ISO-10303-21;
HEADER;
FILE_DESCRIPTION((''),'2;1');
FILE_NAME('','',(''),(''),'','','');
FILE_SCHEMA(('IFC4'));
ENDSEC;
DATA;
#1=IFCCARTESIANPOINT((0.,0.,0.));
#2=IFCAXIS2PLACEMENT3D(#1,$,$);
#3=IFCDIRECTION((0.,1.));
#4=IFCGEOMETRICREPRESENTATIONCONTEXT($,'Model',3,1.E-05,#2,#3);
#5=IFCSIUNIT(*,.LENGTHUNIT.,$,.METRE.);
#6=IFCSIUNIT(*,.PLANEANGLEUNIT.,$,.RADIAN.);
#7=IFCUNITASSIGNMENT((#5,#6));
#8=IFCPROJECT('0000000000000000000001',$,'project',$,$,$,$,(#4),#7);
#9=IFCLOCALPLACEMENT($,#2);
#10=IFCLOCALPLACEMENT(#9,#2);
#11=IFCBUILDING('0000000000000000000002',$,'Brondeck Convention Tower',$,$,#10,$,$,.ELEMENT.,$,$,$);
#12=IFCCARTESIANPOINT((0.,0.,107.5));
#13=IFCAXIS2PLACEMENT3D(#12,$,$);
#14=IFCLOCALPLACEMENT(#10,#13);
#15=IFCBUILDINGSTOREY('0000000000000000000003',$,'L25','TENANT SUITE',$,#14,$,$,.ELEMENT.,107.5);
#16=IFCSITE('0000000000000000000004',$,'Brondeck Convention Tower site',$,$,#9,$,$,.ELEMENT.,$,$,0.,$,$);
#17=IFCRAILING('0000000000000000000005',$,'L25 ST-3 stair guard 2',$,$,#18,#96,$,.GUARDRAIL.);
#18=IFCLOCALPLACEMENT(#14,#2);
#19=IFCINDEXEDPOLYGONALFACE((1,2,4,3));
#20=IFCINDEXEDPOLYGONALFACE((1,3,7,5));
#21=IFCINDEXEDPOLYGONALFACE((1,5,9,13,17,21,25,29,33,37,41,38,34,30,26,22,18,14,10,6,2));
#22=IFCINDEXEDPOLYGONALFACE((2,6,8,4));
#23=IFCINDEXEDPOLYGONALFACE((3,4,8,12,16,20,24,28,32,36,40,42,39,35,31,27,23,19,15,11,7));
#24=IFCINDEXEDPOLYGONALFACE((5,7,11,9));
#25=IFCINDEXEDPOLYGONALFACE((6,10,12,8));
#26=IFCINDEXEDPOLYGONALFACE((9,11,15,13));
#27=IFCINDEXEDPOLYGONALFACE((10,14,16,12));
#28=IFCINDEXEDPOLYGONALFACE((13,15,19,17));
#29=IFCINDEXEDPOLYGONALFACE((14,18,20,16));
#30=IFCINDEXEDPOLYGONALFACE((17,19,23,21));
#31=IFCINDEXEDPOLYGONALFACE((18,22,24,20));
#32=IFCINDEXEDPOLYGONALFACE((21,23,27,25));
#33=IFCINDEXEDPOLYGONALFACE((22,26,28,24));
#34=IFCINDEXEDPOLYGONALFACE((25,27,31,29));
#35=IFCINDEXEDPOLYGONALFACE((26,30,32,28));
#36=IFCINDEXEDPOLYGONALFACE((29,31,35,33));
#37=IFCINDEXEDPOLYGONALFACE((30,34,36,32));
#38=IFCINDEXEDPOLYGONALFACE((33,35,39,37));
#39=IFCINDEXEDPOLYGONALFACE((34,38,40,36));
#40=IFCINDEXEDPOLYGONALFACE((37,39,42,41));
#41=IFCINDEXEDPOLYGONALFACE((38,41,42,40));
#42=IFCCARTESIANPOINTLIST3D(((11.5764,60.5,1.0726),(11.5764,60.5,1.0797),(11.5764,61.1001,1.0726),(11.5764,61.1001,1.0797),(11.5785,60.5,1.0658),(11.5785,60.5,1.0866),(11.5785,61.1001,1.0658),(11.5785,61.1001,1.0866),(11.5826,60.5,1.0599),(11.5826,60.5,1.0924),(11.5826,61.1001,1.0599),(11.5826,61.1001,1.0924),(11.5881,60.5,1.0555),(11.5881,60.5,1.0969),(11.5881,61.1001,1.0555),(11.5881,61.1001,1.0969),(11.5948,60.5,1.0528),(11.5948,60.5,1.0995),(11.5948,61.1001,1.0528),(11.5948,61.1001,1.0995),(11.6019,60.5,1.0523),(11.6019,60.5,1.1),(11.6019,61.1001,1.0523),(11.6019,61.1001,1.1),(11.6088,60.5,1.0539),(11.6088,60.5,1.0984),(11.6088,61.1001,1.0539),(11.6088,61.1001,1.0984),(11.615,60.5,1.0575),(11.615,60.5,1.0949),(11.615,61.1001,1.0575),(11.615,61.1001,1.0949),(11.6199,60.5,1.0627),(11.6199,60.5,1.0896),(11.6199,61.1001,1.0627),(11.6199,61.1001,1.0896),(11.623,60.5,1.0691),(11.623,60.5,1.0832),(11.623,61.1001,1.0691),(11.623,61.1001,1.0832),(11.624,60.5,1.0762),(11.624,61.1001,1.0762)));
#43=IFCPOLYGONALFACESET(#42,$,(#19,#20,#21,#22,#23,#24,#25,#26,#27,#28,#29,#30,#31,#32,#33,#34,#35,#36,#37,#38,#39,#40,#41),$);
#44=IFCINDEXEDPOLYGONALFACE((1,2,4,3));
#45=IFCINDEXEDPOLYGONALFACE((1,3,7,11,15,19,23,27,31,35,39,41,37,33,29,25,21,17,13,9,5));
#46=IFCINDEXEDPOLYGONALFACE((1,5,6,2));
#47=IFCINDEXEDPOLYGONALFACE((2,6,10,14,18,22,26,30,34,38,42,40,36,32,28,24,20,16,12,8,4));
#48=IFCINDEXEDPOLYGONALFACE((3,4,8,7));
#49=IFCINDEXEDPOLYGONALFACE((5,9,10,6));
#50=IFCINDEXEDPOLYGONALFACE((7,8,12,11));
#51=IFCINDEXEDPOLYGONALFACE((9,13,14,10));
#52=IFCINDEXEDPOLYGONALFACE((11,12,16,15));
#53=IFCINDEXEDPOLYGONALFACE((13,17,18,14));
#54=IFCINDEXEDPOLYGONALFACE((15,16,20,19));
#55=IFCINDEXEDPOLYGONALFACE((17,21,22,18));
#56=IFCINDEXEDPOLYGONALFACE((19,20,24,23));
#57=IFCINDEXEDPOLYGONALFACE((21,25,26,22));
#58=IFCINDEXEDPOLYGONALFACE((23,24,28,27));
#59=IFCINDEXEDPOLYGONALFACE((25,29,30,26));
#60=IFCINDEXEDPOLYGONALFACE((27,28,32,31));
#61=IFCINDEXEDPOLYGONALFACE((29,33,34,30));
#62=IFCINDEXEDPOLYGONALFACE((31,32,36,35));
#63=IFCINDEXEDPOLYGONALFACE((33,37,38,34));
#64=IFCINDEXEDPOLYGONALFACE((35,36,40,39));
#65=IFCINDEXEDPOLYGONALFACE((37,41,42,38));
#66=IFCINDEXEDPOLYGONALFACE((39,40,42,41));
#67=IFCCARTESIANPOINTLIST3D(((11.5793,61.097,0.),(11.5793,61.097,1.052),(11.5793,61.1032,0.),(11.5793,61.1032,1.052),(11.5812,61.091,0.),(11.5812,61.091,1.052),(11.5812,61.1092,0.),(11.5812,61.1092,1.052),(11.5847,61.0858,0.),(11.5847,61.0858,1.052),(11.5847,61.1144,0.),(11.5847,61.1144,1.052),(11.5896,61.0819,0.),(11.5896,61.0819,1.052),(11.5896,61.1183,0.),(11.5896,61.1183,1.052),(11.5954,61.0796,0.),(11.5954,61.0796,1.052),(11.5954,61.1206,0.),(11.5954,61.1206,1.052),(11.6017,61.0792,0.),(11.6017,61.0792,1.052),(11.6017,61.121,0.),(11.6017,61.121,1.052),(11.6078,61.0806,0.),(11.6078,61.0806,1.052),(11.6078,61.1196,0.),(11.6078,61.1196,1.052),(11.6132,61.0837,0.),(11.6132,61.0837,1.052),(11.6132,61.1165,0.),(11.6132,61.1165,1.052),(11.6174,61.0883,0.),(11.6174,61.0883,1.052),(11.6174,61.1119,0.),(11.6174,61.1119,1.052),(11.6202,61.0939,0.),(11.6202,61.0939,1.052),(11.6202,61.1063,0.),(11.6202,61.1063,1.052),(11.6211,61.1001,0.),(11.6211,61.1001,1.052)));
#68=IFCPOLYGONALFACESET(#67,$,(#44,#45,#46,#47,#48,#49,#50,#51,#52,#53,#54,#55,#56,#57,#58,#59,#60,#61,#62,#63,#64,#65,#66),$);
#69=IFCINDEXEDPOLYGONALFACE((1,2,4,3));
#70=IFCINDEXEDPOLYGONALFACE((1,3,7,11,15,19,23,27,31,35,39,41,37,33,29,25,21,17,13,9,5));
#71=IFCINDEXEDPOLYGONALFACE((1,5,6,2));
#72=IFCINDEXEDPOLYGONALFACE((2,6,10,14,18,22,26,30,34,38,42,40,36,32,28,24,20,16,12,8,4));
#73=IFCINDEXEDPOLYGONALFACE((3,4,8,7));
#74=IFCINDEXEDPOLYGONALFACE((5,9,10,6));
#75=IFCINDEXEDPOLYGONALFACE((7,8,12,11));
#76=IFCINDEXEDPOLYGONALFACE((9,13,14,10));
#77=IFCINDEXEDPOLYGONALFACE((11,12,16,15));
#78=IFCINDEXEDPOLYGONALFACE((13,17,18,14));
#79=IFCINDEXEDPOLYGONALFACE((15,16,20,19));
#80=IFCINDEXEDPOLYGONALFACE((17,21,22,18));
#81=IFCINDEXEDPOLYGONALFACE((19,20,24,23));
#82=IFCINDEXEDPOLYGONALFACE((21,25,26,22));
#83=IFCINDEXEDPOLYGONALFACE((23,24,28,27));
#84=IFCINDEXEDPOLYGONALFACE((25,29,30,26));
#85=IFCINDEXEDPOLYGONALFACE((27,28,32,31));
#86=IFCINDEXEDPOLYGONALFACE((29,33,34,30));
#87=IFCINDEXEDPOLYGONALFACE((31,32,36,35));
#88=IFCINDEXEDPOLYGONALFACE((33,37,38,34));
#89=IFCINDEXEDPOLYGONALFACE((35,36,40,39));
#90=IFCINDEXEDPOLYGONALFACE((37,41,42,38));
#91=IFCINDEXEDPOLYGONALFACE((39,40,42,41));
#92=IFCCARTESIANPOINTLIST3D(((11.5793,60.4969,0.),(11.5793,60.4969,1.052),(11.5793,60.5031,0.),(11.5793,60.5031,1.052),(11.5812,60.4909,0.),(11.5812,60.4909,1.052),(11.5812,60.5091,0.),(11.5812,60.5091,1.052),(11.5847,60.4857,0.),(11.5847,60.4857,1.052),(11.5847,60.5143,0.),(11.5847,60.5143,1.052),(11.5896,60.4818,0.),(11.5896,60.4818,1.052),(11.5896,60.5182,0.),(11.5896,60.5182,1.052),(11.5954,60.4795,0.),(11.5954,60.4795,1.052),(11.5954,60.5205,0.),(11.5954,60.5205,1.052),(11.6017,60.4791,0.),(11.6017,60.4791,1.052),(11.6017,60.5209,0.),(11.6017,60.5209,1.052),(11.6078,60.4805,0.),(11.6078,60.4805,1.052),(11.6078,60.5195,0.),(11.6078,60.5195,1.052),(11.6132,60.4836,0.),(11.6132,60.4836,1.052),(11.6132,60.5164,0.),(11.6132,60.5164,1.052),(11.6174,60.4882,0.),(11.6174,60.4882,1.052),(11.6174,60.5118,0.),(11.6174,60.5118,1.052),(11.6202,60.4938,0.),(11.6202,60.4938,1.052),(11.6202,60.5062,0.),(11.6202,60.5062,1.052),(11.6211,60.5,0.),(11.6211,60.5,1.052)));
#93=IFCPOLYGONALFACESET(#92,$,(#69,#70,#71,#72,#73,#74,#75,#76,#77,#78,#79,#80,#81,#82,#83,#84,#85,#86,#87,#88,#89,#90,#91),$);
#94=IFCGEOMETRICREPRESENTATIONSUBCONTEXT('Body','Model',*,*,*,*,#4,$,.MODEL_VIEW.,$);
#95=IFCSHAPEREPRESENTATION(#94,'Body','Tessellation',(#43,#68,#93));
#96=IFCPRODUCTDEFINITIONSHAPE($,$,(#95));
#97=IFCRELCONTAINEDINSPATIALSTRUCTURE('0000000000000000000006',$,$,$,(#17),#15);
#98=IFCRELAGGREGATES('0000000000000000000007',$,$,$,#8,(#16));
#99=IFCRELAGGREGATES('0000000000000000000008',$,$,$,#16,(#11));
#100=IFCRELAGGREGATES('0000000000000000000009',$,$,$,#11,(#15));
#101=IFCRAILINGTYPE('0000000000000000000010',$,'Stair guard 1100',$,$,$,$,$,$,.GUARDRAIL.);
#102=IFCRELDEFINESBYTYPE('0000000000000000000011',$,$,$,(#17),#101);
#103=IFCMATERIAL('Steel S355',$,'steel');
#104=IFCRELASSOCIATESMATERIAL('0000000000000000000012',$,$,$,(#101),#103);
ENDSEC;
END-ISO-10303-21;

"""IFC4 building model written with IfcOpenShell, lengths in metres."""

from ifc_helpers import new_model, si_unit, direction, frame, origin, origin_2d, place, context, subcontext, project, spatial, circle, extrude, material, type_object, element, save


model = new_model("IFC4")

# Units and contexts
model_context = context("Model", 3, precision=1e-05, world=origin(), true_north=direction((0.0, 1.0)))
body_context = subcontext(model_context, "Body", "Model", "MODEL_VIEW")
ifc_project = project(units=[si_unit("LENGTHUNIT", "METRE"), si_unit("PLANEANGLEUNIT", "RADIAN")], contexts=[model_context])

# Site, building, storey
site_placement = place(None, origin())
site = spatial("IfcSite", under=ifc_project, at=site_placement, Name="Brondeck Convention Tower site", CompositionType="ELEMENT", RefElevation=0.0)
building_placement = place(site_placement, origin())
building = spatial("IfcBuilding", under=site, at=building_placement, Name="Brondeck Convention Tower", CompositionType="ELEMENT")
storey_placement = place(building_placement, frame((0.0, 0.0, 107.5)))
storey = spatial("IfcBuildingStorey", under=building, at=storey_placement, Name="L25", Description="TENANT SUITE", CompositionType="ELEMENT", Elevation=107.5)

# Railing
ifc_material_1 = material(Name="Steel S355", Category="steel")
railing_type_1 = type_object("IfcRailingType", Name="Stair guard 1100", PredefinedType="GUARDRAIL", material=ifc_material_1)
railing_1_placement = place(storey_placement, frame((11.6001, 61.1001, 0.0)))
element("IfcRailing", 1, at=railing_1_placement, inside=storey, type_object=railing_type_1, Name="L25 ST-3 stair guard 2", PredefinedType="GUARDRAIL", context=body_context, shape_type="SweptSolid", body=[
    extrude(circle(Radius=0.0239, at=origin_2d()), frame((0.0, 0.0, 1.0762), z_axis=(0.0, -1.0, 0.0), x_axis=(1.0, 0.0, 0.0)), (0.0, 0.0, 1.0), 0.6001),
    extrude(circle(Radius=0.021, at=origin_2d()), origin(), (0.0, 0.0, 1.0), 1.052),
    extrude(circle(Radius=0.021, at=origin_2d()), frame((0.0, -0.6001, 0.0)), (0.0, 0.0, 1.0), 1.052),
])

save(model, "model.ifc")
